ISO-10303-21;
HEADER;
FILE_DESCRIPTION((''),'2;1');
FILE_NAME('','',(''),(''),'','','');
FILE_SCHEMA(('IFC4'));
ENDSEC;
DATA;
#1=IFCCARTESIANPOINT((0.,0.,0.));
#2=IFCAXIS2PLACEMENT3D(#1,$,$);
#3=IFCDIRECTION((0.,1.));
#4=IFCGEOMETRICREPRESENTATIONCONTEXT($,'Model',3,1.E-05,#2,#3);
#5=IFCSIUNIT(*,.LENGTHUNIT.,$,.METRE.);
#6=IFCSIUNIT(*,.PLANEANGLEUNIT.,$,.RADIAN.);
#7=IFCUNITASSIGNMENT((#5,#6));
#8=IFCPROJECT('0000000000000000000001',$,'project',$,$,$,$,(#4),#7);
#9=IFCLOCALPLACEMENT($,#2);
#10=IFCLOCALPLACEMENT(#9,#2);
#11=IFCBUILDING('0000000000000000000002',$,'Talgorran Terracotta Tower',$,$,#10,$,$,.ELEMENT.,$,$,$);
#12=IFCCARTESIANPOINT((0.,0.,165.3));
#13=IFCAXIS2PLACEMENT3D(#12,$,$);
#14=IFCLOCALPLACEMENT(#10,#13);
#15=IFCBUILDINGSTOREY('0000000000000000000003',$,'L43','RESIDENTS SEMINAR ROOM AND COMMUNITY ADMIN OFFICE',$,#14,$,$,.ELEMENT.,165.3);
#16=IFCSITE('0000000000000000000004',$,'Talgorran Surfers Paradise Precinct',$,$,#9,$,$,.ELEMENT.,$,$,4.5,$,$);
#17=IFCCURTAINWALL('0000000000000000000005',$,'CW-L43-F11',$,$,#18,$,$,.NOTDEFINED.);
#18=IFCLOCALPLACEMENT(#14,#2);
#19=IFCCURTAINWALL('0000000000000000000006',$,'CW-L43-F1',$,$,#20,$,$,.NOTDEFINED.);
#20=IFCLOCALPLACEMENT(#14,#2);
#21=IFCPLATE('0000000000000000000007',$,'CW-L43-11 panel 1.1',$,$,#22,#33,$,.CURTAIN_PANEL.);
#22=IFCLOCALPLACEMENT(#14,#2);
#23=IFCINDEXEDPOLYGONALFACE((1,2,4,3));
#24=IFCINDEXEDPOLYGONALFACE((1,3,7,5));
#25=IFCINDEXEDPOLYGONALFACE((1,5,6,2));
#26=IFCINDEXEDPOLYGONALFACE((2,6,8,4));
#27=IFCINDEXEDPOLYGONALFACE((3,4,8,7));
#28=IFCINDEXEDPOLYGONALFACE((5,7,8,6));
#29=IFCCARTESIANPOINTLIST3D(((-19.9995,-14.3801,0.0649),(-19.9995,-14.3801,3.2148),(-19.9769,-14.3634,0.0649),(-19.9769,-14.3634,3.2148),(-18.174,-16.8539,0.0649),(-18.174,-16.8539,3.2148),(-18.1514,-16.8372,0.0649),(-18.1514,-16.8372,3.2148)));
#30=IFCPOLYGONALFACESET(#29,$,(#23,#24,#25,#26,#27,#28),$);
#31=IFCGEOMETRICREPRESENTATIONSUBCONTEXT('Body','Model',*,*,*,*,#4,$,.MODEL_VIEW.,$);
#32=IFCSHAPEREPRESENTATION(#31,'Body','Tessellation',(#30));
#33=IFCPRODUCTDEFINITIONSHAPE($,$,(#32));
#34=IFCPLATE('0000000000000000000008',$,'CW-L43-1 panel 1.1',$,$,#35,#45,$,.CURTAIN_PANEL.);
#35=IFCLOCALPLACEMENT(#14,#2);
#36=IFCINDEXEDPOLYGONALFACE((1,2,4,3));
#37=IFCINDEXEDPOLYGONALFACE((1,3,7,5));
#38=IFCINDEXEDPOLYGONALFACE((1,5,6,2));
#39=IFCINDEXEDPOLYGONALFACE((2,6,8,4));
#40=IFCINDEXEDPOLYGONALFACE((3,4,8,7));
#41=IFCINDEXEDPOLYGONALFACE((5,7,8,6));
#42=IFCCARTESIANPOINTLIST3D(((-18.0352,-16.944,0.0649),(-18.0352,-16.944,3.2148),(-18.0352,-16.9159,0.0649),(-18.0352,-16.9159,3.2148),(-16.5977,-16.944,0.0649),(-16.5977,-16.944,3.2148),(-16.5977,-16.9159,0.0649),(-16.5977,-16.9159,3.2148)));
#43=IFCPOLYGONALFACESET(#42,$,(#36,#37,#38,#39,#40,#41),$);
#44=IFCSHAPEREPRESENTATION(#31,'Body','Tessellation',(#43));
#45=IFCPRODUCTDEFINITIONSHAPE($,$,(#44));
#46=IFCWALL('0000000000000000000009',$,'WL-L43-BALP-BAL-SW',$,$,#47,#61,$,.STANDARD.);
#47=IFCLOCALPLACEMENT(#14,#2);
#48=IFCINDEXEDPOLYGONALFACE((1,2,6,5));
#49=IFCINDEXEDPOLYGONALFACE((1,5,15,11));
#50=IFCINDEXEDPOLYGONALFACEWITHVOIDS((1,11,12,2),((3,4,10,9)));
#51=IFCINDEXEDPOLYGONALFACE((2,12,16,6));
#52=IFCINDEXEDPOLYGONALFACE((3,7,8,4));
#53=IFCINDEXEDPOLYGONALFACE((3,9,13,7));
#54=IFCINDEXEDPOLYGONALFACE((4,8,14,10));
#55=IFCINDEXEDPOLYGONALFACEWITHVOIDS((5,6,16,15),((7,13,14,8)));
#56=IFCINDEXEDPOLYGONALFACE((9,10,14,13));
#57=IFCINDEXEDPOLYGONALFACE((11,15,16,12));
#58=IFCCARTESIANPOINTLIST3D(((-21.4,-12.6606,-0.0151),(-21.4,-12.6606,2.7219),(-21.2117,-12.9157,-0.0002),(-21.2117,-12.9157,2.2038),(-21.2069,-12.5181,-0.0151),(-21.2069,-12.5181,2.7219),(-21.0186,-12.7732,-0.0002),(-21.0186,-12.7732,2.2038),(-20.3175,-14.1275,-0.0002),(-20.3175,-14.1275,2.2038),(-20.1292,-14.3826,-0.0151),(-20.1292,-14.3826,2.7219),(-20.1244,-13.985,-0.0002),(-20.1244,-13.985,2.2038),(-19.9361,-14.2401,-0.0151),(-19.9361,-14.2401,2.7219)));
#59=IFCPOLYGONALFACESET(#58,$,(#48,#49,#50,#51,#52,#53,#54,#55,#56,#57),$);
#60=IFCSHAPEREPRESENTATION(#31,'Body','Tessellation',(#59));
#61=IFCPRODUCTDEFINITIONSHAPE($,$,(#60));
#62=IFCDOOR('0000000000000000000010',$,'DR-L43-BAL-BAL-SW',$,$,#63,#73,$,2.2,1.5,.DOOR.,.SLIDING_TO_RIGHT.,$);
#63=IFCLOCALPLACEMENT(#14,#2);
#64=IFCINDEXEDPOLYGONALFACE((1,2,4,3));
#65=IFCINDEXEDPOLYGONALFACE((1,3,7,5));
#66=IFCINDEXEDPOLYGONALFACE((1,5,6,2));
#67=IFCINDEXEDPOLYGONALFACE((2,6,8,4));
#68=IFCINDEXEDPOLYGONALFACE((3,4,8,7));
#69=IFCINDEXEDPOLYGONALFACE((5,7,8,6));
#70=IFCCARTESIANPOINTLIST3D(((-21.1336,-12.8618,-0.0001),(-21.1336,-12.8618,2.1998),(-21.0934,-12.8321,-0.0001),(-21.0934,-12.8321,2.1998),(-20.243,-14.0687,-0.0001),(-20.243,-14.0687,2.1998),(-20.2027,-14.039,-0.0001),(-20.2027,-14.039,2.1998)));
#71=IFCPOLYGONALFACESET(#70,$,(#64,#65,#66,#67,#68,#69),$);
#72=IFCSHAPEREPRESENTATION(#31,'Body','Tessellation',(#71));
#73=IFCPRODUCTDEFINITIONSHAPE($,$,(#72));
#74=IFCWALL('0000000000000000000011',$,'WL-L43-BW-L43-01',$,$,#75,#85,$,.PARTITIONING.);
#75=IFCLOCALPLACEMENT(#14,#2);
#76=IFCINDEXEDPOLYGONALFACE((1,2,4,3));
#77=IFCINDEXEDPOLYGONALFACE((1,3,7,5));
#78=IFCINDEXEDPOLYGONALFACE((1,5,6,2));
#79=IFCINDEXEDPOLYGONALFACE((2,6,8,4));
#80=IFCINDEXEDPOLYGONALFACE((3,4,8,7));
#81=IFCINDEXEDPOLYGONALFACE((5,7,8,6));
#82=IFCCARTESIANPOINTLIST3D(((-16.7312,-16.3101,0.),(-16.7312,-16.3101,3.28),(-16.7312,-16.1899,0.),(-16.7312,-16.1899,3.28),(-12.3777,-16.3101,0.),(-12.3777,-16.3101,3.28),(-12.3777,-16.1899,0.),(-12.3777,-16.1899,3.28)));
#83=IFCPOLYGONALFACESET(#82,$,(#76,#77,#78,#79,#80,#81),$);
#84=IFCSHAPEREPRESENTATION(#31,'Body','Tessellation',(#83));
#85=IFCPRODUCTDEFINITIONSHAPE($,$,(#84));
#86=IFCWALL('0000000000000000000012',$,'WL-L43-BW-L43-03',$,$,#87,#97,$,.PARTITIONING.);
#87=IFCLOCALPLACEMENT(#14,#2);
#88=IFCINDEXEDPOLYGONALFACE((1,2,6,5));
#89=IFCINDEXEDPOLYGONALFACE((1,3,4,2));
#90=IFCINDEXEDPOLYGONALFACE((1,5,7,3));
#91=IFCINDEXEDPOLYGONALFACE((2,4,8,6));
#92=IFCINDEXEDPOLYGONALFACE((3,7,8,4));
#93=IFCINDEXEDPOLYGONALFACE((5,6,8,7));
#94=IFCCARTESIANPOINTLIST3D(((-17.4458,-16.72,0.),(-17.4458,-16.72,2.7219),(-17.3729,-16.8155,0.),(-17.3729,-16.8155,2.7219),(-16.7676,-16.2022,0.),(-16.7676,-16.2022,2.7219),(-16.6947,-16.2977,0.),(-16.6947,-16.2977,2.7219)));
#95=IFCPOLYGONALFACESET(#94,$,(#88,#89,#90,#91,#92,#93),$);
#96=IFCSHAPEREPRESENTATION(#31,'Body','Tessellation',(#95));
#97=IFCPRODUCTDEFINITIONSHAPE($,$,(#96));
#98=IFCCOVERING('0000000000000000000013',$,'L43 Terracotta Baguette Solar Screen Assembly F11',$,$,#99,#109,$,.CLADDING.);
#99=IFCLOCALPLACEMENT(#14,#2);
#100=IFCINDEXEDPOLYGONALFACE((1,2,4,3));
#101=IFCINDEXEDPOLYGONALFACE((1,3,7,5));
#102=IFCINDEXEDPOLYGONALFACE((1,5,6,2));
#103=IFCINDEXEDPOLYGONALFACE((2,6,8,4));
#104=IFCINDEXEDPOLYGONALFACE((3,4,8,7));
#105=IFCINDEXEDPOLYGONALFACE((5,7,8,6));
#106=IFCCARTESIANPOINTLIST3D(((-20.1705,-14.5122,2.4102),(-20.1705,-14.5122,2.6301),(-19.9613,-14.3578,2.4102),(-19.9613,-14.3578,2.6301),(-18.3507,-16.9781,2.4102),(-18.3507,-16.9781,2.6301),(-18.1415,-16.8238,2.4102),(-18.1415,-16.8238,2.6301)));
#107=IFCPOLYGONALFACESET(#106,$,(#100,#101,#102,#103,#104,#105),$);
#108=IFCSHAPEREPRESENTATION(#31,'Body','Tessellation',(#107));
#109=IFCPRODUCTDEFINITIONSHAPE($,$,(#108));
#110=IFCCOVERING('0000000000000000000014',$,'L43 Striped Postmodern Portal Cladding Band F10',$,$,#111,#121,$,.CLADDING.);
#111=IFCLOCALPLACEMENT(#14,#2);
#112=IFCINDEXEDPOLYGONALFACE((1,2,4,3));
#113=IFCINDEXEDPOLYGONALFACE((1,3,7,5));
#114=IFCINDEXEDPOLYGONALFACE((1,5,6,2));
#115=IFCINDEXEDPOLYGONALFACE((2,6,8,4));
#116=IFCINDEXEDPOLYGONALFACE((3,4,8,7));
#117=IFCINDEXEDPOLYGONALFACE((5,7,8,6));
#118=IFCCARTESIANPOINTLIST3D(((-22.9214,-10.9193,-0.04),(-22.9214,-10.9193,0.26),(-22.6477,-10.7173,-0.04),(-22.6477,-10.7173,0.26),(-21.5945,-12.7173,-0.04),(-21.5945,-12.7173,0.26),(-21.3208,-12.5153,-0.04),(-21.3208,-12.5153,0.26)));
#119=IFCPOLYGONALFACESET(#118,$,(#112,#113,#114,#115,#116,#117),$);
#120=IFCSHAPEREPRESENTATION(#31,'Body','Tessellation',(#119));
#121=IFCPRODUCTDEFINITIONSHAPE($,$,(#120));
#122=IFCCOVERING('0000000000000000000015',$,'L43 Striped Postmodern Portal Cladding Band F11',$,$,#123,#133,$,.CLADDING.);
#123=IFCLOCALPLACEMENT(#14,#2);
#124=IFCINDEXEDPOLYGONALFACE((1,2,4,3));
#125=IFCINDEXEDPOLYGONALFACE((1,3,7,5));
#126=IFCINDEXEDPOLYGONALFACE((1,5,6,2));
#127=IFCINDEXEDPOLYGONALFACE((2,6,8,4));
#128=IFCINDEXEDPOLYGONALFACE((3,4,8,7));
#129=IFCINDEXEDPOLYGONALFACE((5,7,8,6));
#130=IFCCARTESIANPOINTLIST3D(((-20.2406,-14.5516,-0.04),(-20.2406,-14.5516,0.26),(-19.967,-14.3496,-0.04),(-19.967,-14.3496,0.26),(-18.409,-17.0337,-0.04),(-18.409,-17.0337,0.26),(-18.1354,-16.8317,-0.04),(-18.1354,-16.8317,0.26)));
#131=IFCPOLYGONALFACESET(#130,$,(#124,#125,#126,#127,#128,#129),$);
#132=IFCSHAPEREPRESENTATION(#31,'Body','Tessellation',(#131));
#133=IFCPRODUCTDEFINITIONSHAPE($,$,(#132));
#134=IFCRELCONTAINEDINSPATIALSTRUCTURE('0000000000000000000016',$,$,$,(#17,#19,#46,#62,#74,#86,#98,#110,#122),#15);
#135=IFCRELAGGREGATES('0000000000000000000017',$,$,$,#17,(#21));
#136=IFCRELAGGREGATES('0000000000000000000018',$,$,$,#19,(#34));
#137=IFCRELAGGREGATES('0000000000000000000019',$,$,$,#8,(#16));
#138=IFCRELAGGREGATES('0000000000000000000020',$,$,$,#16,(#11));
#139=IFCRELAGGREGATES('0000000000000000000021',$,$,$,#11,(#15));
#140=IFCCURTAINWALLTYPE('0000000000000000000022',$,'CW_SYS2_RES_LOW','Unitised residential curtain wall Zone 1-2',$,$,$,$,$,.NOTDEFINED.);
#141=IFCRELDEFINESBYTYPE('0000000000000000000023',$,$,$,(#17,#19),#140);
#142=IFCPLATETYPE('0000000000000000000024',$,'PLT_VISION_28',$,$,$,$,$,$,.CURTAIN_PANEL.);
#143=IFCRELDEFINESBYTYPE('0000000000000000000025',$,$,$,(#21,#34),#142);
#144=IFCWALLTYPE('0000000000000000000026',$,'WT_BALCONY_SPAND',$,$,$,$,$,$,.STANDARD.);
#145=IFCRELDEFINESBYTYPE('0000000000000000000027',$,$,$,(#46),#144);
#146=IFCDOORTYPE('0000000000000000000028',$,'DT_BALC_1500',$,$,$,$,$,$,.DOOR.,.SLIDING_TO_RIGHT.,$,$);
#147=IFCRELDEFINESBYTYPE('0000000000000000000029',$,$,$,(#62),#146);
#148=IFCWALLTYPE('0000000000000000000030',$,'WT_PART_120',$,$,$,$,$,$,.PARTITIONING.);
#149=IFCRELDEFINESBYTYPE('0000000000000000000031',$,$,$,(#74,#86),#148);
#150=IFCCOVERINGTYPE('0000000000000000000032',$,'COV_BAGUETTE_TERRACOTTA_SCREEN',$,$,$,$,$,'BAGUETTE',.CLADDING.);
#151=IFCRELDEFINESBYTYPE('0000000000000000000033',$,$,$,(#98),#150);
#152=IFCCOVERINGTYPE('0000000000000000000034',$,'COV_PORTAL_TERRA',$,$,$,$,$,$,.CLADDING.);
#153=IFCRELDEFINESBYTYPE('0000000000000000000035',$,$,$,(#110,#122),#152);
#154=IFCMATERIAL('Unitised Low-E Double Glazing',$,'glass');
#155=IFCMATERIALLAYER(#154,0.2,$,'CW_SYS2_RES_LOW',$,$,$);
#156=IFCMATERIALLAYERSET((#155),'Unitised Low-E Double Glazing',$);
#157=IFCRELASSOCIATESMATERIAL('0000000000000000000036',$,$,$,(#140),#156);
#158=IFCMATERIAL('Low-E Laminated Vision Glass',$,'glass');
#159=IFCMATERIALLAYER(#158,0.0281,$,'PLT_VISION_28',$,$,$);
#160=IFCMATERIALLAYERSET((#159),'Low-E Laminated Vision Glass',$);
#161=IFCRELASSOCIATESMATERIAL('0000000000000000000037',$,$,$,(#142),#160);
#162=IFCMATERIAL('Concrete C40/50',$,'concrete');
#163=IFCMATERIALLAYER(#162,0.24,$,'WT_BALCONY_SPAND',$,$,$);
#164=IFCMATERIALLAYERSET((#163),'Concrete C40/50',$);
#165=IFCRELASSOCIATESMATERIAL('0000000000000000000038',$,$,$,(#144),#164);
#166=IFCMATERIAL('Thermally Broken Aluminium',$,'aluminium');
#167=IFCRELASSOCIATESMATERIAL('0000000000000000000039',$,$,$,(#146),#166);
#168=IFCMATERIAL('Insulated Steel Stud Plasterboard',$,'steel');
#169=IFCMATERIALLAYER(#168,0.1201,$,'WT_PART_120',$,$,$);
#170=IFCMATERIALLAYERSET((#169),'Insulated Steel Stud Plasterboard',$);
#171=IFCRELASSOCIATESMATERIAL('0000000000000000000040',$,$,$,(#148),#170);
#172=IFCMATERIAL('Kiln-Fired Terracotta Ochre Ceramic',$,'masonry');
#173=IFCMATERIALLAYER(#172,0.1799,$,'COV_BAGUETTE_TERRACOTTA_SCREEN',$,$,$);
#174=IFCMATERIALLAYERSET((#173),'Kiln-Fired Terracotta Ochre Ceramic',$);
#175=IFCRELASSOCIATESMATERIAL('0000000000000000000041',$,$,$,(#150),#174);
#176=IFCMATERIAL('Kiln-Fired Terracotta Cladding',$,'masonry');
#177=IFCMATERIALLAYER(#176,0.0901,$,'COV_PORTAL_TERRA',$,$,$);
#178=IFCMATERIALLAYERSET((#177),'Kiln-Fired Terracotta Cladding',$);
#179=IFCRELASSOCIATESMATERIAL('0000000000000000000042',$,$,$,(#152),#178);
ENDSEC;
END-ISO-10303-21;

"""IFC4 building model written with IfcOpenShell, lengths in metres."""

from ifc_helpers import new_model, si_unit, direction, frame, frame_2d, origin, origin_2d, place, context, subcontext, project, spatial, rectangle, extrude, source, transform, mapped, material, layer, layer_set, type_object, type_shapes, element, fill, aggregate, save


model = new_model("IFC4")

# Units and contexts
model_context = context("Model", 3, precision=1e-05, world=origin(), true_north=direction((0.0, 1.0)))
body_context = subcontext(model_context, "Body", "Model", "MODEL_VIEW")
ifc_project = project(units=[si_unit("LENGTHUNIT", "METRE"), si_unit("PLANEANGLEUNIT", "RADIAN")], contexts=[model_context])

# Site, building, storey
site_placement = place(None, origin())
site = spatial("IfcSite", under=ifc_project, at=site_placement, Name="Talgorran Surfers Paradise Precinct", CompositionType="ELEMENT", RefElevation=4.5)
building_placement = place(site_placement, origin())
building = spatial("IfcBuilding", under=site, at=building_placement, Name="Talgorran Terracotta Tower", CompositionType="ELEMENT")
storey_placement = place(building_placement, frame((0.0, 0.0, 165.3)))
storey = spatial("IfcBuildingStorey", under=building, at=storey_placement, Name="L43", Description="RESIDENTS SEMINAR ROOM AND COMMUNITY ADMIN OFFICE", CompositionType="ELEMENT", Elevation=165.3)

# Shared definitions
ifc_material_1 = material(Name="Unitised Low-E Double Glazing", Category="glass")
ifc_layer_1 = layer(ifc_material_1, 0.2, Name="CW_SYS2_RES_LOW")
ifc_layer_set_1 = layer_set([ifc_layer_1], Name="Unitised Low-E Double Glazing")
curtain_wall_type = type_object("IfcCurtainWallType", Name="CW_SYS2_RES_LOW", Description="Unitised residential curtain wall Zone 1-2", PredefinedType="NOTDEFINED", material=ifc_layer_set_1)

# Curtain walls
curtain_wall_1_placement = place(storey_placement, origin())
curtain_wall_1 = element("IfcCurtainWall", 1, at=curtain_wall_1_placement, inside=storey, type_object=curtain_wall_type, Name="CW-L43-F11", PredefinedType="NOTDEFINED")
curtain_wall_2_placement = place(storey_placement, origin())
curtain_wall_2 = element("IfcCurtainWall", 2, at=curtain_wall_2_placement, inside=storey, type_object=curtain_wall_type, Name="CW-L43-F1", PredefinedType="NOTDEFINED")

# Plates
ifc_material_2 = material(Name="Low-E Laminated Vision Glass", Category="glass")
ifc_layer_2 = layer(ifc_material_2, 0.0281, Name="PLT_VISION_28")
ifc_layer_set_2 = layer_set([ifc_layer_2], Name="Low-E Laminated Vision Glass")
plate_type = type_object("IfcPlateType", Name="PLT_VISION_28", PredefinedType="CURTAIN_PANEL", material=ifc_layer_set_2)
shared_shape_1 = source(origin(), body_context, "Body", "SweptSolid", [
    extrude(rectangle(XDim=3.0745, YDim=0.0281, at=origin_2d()), origin(), (0.0, 0.0, 1.0), 3.1499),
])
plate_1_placement = place(storey_placement, frame((-19.0754, -15.6086, 0.0649), z_axis=(0.0, 0.0, 1.0), x_axis=(0.593776, -0.804631, 0.0)))
plate_1 = element("IfcPlate", 3, at=plate_1_placement, type_object=plate_type, Name="CW-L43-11 panel 1.1", PredefinedType="CURTAIN_PANEL", context=body_context, shape_type="MappedRepresentation", body=[
    mapped(shared_shape_1, transform((0.0, 0.0, 0.0), scale=1.0)),
])
aggregate(curtain_wall_1, [plate_1])
shared_shape_2 = source(origin(), body_context, "Body", "SweptSolid", [
    extrude(rectangle(XDim=1.4375, YDim=0.0281, at=origin_2d()), origin(), (0.0, 0.0, 1.0), 3.1499),
])
type_shapes(plate_type, [shared_shape_1, shared_shape_2])
plate_2_placement = place(storey_placement, frame((-17.3164, -16.9299, 0.0649), z_axis=(0.0, 0.0, 1.0), x_axis=(1.0, 0.0, 0.0)))
plate_2 = element("IfcPlate", 4, at=plate_2_placement, type_object=plate_type, Name="CW-L43-1 panel 1.1", PredefinedType="CURTAIN_PANEL", context=body_context, shape_type="MappedRepresentation", body=[
    mapped(shared_shape_2, transform((0.0, 0.0, 0.0), scale=1.0)),
])
aggregate(curtain_wall_2, [plate_2])

# Wall, opening, door
ifc_material_3 = material(Name="Concrete C40/50", Category="concrete")
ifc_layer_3 = layer(ifc_material_3, 0.24, Name="WT_BALCONY_SPAND")
ifc_layer_set_3 = layer_set([ifc_layer_3], Name="Concrete C40/50")
wall_type_1 = type_object("IfcWallType", Name="WT_BALCONY_SPAND", PredefinedType="STANDARD", material=ifc_layer_set_3)
wall_1_placement = place(storey_placement, frame((-21.3035, -12.5894, -0.0151), z_axis=(0.0, 0.0, 1.0), x_axis=(0.593794, -0.804617, 0.0)))
wall_1 = element("IfcWall", 5, at=wall_1_placement, inside=storey, type_object=wall_type_1, Name="WL-L43-BALP-BAL-SW", PredefinedType="STANDARD", context=body_context, shape_type="SweptSolid", body=[
    extrude(rectangle(XDim=2.1401, YDim=0.24, at=frame_2d((1.0701, 0.0))), origin(), (0.0, 0.0, 1.0), 2.7371),
])
opening_placement = place(wall_1_placement, frame((0.3201, 0.0, 0.0149)))
opening = element("IfcOpeningElement", 6, at=opening_placement, cuts=wall_1, PredefinedType="OPENING", context=body_context, shape_type="SweptSolid", body=[
    extrude(rectangle(XDim=1.506, YDim=2.204, at=frame_2d((0.75, 1.1021))), frame((0.0, 0.1299, 0.0), z_axis=(0.0, -1.0, 0.0), x_axis=(1.0, 0.0, 0.0)), (0.0, 0.0, 1.0), 0.26),
])
ifc_material_4 = material(Name="Thermally Broken Aluminium", Category="aluminium")
door_type = type_object("IfcDoorType", Name="DT_BALC_1500", OperationType="SLIDING_TO_RIGHT", PredefinedType="DOOR", material=ifc_material_4)
door_placement = place(opening_placement, origin())
door = element("IfcDoor", 7, at=door_placement, inside=storey, type_object=door_type, Name="DR-L43-BAL-BAL-SW", OperationType="SLIDING_TO_RIGHT", OverallHeight=2.2, OverallWidth=1.5, PredefinedType="DOOR", context=body_context, shape_type="SweptSolid", body=[
    extrude(rectangle(XDim=1.5, YDim=2.2, at=frame_2d((0.75, 1.1001))), frame((0.0, 0.0249, 0.0), z_axis=(0.0, -1.0, 0.0), x_axis=(1.0, 0.0, 0.0)), (0.0, 0.0, 1.0), 0.05),
])
fill(opening, door)

# Walls
ifc_material_5 = material(Name="Insulated Steel Stud Plasterboard", Category="steel")
ifc_layer_4 = layer(ifc_material_5, 0.1201, Name="WT_PART_120")
ifc_layer_set_4 = layer_set([ifc_layer_4], Name="Insulated Steel Stud Plasterboard")
wall_type_2 = type_object("IfcWallType", Name="WT_PART_120", PredefinedType="PARTITIONING", material=ifc_layer_set_4)
wall_2_placement = place(storey_placement, frame((-16.7312, -16.25, 0.0), z_axis=(0.0, 0.0, 1.0), x_axis=(1.0, 0.0, 0.0)))
element("IfcWall", 8, at=wall_2_placement, inside=storey, type_object=wall_type_2, Name="WL-L43-BW-L43-01", PredefinedType="PARTITIONING", context=body_context, shape_type="SweptSolid", body=[
    extrude(rectangle(XDim=4.3535, YDim=0.1201, at=frame_2d((2.1768, 0.0))), origin(), (0.0, 0.0, 1.0), 3.28),
])
wall_3_placement = place(storey_placement, frame((-17.4094, -16.7678, 0.0), z_axis=(0.0, 0.0, 1.0), x_axis=(0.794821, 0.606845, 0.0)))
element("IfcWall", 9, at=wall_3_placement, inside=storey, type_object=wall_type_2, Name="WL-L43-BW-L43-03", PredefinedType="PARTITIONING", context=body_context, shape_type="SweptSolid", body=[
    extrude(rectangle(XDim=0.8533, YDim=0.1201, at=frame_2d((0.4268, 0.0))), origin(), (0.0, 0.0, 1.0), 2.7219),
])

# Coverings
ifc_material_6 = material(Name="Kiln-Fired Terracotta Ochre Ceramic", Category="masonry")
ifc_layer_5 = layer(ifc_material_6, 0.1799, Name="COV_BAGUETTE_TERRACOTTA_SCREEN")
ifc_layer_set_5 = layer_set([ifc_layer_5], Name="Kiln-Fired Terracotta Ochre Ceramic")
covering_type_1 = type_object("IfcCoveringType", Name="COV_BAGUETTE_TERRACOTTA_SCREEN", ElementType="BAGUETTE", PredefinedType="CLADDING", material=ifc_layer_set_5)
covering_1_placement = place(storey_placement, frame((-19.156, -15.668, 2.4102), z_axis=(0.0, 0.0, 1.0), x_axis=(0.59377, -0.804635, 0.0)))
element("IfcCovering", 10, at=covering_1_placement, inside=storey, type_object=covering_type_1, Name="L43 Terracotta Baguette Solar Screen Assembly F11", PredefinedType="CLADDING", context=body_context, shape_type="SweptSolid", body=[
    extrude(rectangle(XDim=3.0647, YDim=0.26, at=origin_2d()), origin(), (0.0, 0.0, 1.0), 0.22),
])
ifc_material_7 = material(Name="Kiln-Fired Terracotta Cladding", Category="masonry")
ifc_layer_6 = layer(ifc_material_7, 0.0901, Name="COV_PORTAL_TERRA")
ifc_layer_set_6 = layer_set([ifc_layer_6], Name="Kiln-Fired Terracotta Cladding")
covering_type_2 = type_object("IfcCoveringType", Name="COV_PORTAL_TERRA", PredefinedType="CLADDING", material=ifc_layer_set_6)
covering_2_placement = place(storey_placement, frame((-22.1211, -11.7173, -0.04), z_axis=(0.0, 0.0, 1.0), x_axis=(0.593798, -0.804614, 0.0)))
element("IfcCovering", 11, at=covering_2_placement, inside=storey, type_object=covering_type_2, Name="L43 Striped Postmodern Portal Cladding Band F10", PredefinedType="CLADDING", context=body_context, shape_type="SweptSolid", body=[
    extrude(rectangle(XDim=2.2346, YDim=0.3401, at=origin_2d()), origin(), (0.0, 0.0, 1.0), 0.3),
])
covering_3_placement = place(storey_placement, frame((-19.188, -15.6917, -0.04), z_axis=(0.0, 0.0, 1.0), x_axis=(0.59377, -0.804635, 0.0)))
element("IfcCovering", 12, at=covering_3_placement, inside=storey, type_object=covering_type_2, Name="L43 Striped Postmodern Portal Cladding Band F11", PredefinedType="CLADDING", context=body_context, shape_type="SweptSolid", body=[
    extrude(rectangle(XDim=3.0847, YDim=0.3401, at=origin_2d()), origin(), (0.0, 0.0, 1.0), 0.3),
])

save(model, "model.ifc")
